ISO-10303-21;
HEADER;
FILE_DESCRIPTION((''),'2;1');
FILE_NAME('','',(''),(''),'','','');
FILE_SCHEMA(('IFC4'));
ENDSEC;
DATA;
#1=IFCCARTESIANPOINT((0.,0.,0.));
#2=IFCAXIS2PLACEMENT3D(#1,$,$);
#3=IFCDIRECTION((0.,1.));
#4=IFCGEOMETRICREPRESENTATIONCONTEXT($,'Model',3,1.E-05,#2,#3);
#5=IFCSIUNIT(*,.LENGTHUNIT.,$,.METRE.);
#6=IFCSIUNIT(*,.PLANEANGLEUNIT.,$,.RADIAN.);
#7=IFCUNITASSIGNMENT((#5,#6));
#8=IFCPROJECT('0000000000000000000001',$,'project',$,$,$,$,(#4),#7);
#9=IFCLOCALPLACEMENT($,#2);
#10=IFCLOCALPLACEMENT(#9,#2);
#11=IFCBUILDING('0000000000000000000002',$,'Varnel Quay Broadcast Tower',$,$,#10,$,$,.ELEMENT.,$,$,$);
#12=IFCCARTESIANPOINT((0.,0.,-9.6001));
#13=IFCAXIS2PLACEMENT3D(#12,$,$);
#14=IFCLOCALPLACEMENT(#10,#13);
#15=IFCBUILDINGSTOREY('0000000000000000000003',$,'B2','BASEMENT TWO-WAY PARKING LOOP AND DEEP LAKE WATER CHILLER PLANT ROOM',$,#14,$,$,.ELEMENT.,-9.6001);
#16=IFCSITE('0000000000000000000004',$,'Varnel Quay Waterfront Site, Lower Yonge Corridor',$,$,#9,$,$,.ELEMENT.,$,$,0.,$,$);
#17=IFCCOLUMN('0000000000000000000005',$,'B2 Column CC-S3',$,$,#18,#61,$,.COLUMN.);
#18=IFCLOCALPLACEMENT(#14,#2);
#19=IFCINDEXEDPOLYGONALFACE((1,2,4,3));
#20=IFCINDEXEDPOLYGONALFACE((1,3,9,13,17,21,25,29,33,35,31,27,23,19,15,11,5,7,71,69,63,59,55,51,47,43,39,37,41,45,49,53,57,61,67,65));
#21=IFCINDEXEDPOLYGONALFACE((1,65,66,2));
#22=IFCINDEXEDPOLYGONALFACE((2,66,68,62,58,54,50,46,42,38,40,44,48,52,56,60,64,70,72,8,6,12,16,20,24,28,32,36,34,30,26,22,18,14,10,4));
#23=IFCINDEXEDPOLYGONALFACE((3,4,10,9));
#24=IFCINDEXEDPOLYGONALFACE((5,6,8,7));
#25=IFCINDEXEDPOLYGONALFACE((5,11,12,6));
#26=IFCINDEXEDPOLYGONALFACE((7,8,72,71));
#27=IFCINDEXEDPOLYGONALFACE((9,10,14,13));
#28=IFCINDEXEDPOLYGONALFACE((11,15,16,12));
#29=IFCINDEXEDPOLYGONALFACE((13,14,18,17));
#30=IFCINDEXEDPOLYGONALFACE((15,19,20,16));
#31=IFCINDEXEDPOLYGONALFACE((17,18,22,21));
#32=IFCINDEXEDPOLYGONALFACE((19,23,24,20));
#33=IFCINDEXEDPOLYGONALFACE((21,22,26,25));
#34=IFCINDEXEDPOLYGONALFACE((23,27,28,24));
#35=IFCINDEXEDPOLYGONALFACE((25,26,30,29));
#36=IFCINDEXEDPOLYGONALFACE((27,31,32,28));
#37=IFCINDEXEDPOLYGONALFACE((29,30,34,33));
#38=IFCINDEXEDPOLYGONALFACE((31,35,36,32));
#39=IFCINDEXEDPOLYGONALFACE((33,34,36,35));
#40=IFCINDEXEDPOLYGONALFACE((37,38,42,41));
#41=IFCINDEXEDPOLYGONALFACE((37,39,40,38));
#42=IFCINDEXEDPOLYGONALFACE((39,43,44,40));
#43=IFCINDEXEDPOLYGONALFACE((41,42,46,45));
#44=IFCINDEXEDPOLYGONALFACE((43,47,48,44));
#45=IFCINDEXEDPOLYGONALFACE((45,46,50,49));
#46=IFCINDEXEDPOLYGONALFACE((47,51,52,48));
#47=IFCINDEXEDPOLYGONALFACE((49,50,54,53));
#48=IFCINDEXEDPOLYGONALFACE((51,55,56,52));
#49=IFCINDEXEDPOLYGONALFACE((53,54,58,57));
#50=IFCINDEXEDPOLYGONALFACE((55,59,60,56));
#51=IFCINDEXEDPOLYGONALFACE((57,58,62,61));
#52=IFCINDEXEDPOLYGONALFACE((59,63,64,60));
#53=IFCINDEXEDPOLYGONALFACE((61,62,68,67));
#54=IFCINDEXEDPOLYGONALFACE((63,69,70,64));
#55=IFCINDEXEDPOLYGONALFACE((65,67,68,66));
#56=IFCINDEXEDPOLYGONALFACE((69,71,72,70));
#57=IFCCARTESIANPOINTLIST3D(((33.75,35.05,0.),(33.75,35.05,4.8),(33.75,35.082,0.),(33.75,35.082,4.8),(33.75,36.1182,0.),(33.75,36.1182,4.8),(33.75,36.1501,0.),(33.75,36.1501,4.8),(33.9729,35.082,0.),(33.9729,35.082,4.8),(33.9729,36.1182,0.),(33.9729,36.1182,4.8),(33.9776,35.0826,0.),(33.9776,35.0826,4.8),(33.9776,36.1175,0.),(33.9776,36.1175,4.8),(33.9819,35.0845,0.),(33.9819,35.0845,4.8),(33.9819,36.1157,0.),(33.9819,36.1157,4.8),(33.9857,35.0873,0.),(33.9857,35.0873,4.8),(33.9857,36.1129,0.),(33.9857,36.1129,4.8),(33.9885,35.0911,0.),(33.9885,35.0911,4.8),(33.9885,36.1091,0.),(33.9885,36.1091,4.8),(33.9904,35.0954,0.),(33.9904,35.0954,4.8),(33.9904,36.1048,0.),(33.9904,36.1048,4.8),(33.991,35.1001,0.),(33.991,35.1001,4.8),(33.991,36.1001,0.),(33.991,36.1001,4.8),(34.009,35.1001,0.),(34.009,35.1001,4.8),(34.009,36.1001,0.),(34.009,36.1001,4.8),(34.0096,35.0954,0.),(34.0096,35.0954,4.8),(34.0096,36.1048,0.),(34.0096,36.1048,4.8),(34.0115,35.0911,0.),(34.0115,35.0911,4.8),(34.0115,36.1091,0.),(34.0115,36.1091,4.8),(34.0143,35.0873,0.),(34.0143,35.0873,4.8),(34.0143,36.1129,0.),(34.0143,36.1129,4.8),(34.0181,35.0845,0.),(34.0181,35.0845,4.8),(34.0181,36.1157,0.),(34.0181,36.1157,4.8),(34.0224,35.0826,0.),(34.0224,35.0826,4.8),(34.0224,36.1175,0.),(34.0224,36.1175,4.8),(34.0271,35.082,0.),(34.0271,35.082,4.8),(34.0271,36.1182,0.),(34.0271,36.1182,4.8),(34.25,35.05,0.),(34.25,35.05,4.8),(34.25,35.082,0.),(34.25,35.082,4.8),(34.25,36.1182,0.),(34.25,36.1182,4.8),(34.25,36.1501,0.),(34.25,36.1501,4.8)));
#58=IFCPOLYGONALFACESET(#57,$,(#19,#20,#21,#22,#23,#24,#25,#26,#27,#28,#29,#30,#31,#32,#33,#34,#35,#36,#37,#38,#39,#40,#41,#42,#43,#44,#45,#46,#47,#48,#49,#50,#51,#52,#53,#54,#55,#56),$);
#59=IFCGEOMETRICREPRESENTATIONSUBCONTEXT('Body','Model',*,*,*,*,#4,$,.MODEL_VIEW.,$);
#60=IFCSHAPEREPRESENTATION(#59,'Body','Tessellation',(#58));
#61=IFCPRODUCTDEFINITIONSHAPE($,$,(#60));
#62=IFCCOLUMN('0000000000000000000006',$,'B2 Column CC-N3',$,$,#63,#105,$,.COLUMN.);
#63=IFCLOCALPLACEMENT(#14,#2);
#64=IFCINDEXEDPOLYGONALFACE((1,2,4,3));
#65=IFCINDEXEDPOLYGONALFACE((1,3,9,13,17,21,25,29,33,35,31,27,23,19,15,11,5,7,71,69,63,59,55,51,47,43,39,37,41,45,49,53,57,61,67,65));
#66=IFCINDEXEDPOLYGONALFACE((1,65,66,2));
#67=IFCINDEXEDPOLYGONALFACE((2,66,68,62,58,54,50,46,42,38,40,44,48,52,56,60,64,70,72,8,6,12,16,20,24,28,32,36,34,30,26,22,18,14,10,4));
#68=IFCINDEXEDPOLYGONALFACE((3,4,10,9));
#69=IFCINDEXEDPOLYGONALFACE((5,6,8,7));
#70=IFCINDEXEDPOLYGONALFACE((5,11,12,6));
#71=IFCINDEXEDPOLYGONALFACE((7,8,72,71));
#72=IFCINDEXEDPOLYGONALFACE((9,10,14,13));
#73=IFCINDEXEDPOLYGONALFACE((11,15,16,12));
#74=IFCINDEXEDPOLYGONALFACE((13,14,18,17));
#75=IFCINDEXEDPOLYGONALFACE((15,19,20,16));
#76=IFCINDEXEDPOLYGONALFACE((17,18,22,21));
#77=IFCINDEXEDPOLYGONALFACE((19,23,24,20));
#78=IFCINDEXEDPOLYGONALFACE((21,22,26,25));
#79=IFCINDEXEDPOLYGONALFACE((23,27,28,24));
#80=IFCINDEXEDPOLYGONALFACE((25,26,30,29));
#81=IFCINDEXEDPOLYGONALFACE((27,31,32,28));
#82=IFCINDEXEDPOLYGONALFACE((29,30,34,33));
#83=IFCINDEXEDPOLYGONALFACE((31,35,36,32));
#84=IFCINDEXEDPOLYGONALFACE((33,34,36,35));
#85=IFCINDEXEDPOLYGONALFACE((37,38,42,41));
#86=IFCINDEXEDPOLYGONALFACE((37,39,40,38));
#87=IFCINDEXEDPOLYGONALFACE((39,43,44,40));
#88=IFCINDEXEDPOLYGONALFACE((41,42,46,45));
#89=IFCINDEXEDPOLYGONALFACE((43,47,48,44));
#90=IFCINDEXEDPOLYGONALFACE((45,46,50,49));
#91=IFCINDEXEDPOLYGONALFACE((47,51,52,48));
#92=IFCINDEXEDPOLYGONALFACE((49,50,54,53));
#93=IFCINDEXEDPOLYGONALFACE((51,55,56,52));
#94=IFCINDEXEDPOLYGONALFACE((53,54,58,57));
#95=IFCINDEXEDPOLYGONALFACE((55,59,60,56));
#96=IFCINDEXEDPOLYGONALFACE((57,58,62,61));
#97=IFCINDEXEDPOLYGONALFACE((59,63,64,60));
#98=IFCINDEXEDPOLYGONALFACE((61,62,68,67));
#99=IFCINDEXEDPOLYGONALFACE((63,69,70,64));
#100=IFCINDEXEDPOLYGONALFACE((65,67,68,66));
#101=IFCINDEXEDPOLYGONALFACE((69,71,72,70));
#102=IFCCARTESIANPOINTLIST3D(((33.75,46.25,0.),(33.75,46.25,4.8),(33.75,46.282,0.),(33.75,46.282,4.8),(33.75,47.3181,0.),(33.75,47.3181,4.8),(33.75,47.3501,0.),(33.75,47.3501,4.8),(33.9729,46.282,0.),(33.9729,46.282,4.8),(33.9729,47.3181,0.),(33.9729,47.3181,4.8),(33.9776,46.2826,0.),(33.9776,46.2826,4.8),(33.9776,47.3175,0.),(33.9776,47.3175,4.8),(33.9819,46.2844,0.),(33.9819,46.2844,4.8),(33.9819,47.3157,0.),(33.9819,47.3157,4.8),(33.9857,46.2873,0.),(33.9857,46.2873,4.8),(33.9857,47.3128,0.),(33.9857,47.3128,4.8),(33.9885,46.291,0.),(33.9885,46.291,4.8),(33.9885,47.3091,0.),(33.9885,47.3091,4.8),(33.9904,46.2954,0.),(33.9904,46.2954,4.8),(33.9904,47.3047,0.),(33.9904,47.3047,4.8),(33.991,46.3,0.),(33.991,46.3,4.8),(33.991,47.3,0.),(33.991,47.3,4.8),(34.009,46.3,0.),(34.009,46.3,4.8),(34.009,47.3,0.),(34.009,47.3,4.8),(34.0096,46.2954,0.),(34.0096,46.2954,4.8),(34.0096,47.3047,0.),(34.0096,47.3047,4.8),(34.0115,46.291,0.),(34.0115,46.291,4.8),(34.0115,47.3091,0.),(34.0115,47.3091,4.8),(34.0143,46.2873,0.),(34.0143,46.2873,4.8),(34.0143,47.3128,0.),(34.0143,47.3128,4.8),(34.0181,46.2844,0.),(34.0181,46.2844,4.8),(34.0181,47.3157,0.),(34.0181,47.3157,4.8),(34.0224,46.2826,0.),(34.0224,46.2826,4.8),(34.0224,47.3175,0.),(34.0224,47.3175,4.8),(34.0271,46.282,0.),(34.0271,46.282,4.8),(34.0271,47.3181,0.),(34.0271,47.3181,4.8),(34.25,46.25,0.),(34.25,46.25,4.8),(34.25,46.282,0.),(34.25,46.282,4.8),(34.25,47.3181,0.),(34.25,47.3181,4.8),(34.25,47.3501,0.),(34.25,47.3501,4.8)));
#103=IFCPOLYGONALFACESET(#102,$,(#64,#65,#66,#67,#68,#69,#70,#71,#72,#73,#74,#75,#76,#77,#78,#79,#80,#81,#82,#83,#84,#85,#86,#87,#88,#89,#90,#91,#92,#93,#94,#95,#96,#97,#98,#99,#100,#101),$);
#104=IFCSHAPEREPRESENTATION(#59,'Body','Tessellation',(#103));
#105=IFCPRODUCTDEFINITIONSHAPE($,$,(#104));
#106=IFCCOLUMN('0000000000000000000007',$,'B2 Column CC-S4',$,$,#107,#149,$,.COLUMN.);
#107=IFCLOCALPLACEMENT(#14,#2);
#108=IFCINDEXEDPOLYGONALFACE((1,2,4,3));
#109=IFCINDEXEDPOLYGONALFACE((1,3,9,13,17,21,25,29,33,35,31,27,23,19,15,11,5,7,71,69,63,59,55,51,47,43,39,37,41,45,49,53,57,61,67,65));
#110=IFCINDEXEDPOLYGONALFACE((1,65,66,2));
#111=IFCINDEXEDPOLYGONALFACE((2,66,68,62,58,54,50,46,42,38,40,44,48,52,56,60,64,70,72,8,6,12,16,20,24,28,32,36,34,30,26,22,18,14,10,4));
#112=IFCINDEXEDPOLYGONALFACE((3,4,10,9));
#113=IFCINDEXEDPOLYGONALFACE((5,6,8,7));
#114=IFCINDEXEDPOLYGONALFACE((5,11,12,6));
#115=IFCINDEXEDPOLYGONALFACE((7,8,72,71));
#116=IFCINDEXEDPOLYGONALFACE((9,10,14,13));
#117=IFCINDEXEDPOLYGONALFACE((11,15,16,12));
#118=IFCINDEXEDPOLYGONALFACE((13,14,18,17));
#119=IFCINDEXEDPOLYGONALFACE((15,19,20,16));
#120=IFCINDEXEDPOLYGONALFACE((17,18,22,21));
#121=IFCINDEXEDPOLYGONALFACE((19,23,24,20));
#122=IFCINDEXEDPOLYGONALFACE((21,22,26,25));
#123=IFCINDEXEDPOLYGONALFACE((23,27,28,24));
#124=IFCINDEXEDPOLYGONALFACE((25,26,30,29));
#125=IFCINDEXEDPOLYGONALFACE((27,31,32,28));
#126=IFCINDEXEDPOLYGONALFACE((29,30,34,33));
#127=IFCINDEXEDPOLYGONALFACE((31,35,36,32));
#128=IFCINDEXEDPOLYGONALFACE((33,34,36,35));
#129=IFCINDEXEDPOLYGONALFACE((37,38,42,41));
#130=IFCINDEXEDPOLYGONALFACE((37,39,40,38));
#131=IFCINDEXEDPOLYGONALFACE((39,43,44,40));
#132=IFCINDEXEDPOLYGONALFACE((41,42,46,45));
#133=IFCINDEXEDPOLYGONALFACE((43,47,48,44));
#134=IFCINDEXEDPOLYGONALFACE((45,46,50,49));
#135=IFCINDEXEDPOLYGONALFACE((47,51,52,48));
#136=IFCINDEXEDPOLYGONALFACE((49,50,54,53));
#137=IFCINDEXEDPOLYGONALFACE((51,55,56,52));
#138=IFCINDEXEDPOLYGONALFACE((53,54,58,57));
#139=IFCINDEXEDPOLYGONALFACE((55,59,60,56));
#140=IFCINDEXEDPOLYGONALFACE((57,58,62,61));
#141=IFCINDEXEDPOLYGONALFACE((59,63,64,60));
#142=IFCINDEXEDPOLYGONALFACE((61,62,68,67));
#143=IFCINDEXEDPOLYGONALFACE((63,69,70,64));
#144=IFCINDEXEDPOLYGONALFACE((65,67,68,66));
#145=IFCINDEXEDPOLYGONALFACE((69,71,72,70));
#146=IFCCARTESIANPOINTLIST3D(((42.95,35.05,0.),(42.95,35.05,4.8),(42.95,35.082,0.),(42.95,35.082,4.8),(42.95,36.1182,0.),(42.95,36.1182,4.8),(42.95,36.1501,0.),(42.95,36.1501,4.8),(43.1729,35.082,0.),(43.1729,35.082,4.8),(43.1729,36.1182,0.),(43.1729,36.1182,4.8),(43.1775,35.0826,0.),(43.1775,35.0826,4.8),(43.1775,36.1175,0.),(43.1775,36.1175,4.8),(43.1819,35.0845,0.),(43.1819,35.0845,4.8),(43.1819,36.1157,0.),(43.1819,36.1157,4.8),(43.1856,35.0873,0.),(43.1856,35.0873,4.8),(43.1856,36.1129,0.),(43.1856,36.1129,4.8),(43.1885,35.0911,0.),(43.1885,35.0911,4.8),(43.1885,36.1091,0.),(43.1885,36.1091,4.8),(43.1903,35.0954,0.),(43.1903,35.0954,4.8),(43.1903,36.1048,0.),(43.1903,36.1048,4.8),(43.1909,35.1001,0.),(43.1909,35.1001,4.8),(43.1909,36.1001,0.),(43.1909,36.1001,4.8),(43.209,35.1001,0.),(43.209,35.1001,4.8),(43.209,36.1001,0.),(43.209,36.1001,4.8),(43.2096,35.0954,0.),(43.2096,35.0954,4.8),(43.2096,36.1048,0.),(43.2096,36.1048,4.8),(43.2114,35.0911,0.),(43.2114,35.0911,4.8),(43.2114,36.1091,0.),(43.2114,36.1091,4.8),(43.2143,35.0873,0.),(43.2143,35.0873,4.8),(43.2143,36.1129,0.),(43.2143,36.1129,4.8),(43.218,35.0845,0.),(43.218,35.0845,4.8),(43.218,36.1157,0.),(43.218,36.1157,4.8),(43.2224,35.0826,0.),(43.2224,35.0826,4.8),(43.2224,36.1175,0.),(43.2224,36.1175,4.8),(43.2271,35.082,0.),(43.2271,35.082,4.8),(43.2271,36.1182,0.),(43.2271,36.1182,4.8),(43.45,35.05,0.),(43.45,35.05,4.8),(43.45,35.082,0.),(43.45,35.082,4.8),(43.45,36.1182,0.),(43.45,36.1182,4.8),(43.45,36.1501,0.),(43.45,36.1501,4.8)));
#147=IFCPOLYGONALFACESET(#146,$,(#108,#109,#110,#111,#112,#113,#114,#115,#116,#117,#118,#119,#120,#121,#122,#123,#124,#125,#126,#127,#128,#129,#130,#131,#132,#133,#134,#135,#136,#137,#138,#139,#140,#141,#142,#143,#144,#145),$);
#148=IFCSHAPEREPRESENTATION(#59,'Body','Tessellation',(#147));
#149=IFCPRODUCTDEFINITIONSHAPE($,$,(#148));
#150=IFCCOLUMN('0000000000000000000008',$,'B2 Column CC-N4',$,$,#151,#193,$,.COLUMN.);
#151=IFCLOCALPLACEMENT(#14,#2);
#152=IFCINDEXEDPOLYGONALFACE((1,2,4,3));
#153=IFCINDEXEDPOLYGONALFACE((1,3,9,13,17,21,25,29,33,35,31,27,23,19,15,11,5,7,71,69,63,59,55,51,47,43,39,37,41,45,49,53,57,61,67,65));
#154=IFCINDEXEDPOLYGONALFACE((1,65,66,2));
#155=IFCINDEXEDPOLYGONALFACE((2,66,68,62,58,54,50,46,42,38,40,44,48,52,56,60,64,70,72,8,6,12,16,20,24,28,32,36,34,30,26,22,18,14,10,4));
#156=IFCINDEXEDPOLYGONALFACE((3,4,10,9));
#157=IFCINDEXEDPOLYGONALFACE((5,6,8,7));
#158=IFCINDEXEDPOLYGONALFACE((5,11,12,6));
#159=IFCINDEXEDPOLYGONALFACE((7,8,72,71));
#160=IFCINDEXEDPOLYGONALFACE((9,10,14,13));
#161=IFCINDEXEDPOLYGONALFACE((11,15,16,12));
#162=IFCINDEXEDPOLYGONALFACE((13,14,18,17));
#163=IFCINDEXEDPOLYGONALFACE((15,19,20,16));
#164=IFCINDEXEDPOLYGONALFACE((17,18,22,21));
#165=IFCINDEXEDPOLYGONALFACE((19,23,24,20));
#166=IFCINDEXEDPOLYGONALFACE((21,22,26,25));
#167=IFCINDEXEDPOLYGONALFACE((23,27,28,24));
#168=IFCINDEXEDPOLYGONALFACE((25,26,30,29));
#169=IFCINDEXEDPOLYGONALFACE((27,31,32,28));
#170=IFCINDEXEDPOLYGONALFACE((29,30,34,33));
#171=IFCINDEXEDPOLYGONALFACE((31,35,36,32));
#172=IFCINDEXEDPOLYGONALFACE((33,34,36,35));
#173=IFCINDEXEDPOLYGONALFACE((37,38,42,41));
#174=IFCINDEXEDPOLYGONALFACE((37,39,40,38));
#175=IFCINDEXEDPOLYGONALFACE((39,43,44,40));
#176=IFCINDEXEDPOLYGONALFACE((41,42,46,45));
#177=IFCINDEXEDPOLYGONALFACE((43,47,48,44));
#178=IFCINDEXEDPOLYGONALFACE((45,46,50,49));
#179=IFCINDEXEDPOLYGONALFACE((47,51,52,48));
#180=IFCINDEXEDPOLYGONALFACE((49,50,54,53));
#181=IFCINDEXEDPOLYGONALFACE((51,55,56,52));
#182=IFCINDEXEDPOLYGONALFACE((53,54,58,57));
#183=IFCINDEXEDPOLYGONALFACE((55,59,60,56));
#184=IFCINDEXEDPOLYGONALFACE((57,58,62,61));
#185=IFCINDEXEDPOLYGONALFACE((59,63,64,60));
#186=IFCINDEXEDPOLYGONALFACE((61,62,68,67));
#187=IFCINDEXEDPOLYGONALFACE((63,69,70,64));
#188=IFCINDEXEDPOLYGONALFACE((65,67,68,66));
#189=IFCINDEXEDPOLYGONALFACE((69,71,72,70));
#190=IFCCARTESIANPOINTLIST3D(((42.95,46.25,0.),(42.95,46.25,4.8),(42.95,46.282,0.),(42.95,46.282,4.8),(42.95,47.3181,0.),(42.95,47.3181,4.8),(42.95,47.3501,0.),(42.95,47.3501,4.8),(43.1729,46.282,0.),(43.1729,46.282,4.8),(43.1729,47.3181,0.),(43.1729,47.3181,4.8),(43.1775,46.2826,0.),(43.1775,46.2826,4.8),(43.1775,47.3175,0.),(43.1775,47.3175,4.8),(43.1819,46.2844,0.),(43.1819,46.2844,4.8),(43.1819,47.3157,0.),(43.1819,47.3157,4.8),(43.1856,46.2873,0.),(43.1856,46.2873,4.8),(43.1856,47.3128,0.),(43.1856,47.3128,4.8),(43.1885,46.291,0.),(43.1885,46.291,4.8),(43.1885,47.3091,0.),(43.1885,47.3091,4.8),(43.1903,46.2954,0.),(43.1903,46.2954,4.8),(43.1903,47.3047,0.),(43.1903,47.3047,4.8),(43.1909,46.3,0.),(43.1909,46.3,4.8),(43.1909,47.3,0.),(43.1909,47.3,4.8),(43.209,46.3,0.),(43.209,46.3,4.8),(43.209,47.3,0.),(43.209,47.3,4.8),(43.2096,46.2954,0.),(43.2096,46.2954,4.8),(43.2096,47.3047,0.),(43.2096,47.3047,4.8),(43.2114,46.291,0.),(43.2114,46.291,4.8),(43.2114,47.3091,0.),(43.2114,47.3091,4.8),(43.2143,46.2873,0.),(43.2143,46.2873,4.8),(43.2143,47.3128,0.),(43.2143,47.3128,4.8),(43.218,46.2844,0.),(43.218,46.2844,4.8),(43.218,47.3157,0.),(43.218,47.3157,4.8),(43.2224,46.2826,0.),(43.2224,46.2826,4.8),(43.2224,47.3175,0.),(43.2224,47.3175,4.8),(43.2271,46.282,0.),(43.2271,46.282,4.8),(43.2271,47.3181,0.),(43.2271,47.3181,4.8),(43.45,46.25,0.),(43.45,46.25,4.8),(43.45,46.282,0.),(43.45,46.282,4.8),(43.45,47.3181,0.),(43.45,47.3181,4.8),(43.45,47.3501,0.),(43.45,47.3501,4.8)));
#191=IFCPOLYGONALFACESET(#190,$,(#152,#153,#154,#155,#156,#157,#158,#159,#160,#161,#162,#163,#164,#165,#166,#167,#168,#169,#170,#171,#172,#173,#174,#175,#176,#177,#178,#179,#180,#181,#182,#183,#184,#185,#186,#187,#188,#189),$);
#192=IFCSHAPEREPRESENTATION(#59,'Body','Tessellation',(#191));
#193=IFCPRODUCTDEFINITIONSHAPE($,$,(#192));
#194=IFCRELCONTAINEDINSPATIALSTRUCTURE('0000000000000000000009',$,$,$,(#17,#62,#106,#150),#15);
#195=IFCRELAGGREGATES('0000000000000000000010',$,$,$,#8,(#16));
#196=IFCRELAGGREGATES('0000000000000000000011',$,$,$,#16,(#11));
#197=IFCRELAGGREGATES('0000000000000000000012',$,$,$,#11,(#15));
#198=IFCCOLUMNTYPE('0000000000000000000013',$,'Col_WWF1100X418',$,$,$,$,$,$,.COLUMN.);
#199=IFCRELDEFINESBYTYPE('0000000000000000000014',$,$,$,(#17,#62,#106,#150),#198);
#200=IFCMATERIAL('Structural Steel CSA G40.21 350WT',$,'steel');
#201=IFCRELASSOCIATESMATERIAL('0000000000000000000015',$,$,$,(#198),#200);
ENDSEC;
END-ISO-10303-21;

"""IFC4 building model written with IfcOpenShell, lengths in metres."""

from ifc_helpers import new_model, si_unit, direction, frame, origin, origin_2d, place, context, subcontext, project, spatial, i_section, extrude, source, transform, mapped, material, material_profile, profile_set, type_object, type_shapes, element, save


model = new_model("IFC4")

# Units and contexts
model_context = context("Model", 3, precision=1e-05, world=origin(), true_north=direction((0.0, 1.0)))
body_context = subcontext(model_context, "Body", "Model", "MODEL_VIEW")
ifc_project = project(units=[si_unit("LENGTHUNIT", "METRE"), si_unit("PLANEANGLEUNIT", "RADIAN")], contexts=[model_context])

# Site, building, storey
site_placement = place(None, origin())
site = spatial("IfcSite", under=ifc_project, at=site_placement, Name="Varnel Quay Waterfront Site, Lower Yonge Corridor", CompositionType="ELEMENT", RefElevation=0.0)
building_placement = place(site_placement, origin())
building = spatial("IfcBuilding", under=site, at=building_placement, Name="Varnel Quay Broadcast Tower", CompositionType="ELEMENT")
storey_placement = place(building_placement, frame((0.0, 0.0, -9.6001)))
storey = spatial("IfcBuildingStorey", under=building, at=storey_placement, Name="B2", Description="BASEMENT TWO-WAY PARKING LOOP AND DEEP LAKE WATER CHILLER PLANT ROOM", CompositionType="ELEMENT", Elevation=-9.6001)

# Columns
ifc_material_1 = material(Name="Structural Steel CSA G40.21 350WT", Category="steel")
ifc_material_profile_1 = material_profile(ifc_material_1, i_section(OverallWidth=0.5, OverallDepth=1.1001, WebThickness=0.0181, FlangeThickness=0.032, FilletRadius=0.0181, at=origin_2d()), Name="WWF1100X418")
ifc_profile_set_1 = profile_set([ifc_material_profile_1], Name="Structural Steel CSA G40.21 350WT")
column_type = type_object("IfcColumnType", Name="Col_WWF1100X418", PredefinedType="COLUMN", material=ifc_profile_set_1)
shared_shape_1 = source(origin(), body_context, "Body", "SweptSolid", [
    extrude(i_section(OverallWidth=0.5, OverallDepth=1.1001, WebThickness=0.0181, FlangeThickness=0.032, FilletRadius=0.0181, at=origin_2d()), origin(), (0.0, 0.0, 1.0), 4.8),
])
type_shapes(column_type, [shared_shape_1])
for number, where, z_axis, x_axis, name in (
    (1, (34.0, 35.6001, 0.0), (0.0, 0.0, 1.0), (1.0, 0.0, 0.0), "B2 Column CC-S3"),
    (2, (34.0, 46.8, 0.0), (0.0, 0.0, 1.0), (1.0, 0.0, 0.0), "B2 Column CC-N3"),
    (3, (43.2, 35.6001, 0.0), (0.0, 0.0, 1.0), (1.0, 0.0, 0.0), "B2 Column CC-S4"),
    (4, (43.2, 46.8, 0.0), (0.0, 0.0, 1.0), (1.0, 0.0, 0.0), "B2 Column CC-N4"),
):
    element("IfcColumn", number, at=place(storey_placement, frame(where, z_axis=z_axis, x_axis=x_axis)), inside=storey, type_object=column_type, Name=name, PredefinedType="COLUMN", context=body_context, shape_type="MappedRepresentation", body=[
        mapped(shared_shape_1, transform((0.0, 0.0, 0.0), x_axis=(1.0, 0.0, 0.0), y_axis=(0.0, 1.0, 0.0), z_axis=(0.0, 0.0, 1.0), scale=1.0)),
    ])

save(model, "model.ifc")
